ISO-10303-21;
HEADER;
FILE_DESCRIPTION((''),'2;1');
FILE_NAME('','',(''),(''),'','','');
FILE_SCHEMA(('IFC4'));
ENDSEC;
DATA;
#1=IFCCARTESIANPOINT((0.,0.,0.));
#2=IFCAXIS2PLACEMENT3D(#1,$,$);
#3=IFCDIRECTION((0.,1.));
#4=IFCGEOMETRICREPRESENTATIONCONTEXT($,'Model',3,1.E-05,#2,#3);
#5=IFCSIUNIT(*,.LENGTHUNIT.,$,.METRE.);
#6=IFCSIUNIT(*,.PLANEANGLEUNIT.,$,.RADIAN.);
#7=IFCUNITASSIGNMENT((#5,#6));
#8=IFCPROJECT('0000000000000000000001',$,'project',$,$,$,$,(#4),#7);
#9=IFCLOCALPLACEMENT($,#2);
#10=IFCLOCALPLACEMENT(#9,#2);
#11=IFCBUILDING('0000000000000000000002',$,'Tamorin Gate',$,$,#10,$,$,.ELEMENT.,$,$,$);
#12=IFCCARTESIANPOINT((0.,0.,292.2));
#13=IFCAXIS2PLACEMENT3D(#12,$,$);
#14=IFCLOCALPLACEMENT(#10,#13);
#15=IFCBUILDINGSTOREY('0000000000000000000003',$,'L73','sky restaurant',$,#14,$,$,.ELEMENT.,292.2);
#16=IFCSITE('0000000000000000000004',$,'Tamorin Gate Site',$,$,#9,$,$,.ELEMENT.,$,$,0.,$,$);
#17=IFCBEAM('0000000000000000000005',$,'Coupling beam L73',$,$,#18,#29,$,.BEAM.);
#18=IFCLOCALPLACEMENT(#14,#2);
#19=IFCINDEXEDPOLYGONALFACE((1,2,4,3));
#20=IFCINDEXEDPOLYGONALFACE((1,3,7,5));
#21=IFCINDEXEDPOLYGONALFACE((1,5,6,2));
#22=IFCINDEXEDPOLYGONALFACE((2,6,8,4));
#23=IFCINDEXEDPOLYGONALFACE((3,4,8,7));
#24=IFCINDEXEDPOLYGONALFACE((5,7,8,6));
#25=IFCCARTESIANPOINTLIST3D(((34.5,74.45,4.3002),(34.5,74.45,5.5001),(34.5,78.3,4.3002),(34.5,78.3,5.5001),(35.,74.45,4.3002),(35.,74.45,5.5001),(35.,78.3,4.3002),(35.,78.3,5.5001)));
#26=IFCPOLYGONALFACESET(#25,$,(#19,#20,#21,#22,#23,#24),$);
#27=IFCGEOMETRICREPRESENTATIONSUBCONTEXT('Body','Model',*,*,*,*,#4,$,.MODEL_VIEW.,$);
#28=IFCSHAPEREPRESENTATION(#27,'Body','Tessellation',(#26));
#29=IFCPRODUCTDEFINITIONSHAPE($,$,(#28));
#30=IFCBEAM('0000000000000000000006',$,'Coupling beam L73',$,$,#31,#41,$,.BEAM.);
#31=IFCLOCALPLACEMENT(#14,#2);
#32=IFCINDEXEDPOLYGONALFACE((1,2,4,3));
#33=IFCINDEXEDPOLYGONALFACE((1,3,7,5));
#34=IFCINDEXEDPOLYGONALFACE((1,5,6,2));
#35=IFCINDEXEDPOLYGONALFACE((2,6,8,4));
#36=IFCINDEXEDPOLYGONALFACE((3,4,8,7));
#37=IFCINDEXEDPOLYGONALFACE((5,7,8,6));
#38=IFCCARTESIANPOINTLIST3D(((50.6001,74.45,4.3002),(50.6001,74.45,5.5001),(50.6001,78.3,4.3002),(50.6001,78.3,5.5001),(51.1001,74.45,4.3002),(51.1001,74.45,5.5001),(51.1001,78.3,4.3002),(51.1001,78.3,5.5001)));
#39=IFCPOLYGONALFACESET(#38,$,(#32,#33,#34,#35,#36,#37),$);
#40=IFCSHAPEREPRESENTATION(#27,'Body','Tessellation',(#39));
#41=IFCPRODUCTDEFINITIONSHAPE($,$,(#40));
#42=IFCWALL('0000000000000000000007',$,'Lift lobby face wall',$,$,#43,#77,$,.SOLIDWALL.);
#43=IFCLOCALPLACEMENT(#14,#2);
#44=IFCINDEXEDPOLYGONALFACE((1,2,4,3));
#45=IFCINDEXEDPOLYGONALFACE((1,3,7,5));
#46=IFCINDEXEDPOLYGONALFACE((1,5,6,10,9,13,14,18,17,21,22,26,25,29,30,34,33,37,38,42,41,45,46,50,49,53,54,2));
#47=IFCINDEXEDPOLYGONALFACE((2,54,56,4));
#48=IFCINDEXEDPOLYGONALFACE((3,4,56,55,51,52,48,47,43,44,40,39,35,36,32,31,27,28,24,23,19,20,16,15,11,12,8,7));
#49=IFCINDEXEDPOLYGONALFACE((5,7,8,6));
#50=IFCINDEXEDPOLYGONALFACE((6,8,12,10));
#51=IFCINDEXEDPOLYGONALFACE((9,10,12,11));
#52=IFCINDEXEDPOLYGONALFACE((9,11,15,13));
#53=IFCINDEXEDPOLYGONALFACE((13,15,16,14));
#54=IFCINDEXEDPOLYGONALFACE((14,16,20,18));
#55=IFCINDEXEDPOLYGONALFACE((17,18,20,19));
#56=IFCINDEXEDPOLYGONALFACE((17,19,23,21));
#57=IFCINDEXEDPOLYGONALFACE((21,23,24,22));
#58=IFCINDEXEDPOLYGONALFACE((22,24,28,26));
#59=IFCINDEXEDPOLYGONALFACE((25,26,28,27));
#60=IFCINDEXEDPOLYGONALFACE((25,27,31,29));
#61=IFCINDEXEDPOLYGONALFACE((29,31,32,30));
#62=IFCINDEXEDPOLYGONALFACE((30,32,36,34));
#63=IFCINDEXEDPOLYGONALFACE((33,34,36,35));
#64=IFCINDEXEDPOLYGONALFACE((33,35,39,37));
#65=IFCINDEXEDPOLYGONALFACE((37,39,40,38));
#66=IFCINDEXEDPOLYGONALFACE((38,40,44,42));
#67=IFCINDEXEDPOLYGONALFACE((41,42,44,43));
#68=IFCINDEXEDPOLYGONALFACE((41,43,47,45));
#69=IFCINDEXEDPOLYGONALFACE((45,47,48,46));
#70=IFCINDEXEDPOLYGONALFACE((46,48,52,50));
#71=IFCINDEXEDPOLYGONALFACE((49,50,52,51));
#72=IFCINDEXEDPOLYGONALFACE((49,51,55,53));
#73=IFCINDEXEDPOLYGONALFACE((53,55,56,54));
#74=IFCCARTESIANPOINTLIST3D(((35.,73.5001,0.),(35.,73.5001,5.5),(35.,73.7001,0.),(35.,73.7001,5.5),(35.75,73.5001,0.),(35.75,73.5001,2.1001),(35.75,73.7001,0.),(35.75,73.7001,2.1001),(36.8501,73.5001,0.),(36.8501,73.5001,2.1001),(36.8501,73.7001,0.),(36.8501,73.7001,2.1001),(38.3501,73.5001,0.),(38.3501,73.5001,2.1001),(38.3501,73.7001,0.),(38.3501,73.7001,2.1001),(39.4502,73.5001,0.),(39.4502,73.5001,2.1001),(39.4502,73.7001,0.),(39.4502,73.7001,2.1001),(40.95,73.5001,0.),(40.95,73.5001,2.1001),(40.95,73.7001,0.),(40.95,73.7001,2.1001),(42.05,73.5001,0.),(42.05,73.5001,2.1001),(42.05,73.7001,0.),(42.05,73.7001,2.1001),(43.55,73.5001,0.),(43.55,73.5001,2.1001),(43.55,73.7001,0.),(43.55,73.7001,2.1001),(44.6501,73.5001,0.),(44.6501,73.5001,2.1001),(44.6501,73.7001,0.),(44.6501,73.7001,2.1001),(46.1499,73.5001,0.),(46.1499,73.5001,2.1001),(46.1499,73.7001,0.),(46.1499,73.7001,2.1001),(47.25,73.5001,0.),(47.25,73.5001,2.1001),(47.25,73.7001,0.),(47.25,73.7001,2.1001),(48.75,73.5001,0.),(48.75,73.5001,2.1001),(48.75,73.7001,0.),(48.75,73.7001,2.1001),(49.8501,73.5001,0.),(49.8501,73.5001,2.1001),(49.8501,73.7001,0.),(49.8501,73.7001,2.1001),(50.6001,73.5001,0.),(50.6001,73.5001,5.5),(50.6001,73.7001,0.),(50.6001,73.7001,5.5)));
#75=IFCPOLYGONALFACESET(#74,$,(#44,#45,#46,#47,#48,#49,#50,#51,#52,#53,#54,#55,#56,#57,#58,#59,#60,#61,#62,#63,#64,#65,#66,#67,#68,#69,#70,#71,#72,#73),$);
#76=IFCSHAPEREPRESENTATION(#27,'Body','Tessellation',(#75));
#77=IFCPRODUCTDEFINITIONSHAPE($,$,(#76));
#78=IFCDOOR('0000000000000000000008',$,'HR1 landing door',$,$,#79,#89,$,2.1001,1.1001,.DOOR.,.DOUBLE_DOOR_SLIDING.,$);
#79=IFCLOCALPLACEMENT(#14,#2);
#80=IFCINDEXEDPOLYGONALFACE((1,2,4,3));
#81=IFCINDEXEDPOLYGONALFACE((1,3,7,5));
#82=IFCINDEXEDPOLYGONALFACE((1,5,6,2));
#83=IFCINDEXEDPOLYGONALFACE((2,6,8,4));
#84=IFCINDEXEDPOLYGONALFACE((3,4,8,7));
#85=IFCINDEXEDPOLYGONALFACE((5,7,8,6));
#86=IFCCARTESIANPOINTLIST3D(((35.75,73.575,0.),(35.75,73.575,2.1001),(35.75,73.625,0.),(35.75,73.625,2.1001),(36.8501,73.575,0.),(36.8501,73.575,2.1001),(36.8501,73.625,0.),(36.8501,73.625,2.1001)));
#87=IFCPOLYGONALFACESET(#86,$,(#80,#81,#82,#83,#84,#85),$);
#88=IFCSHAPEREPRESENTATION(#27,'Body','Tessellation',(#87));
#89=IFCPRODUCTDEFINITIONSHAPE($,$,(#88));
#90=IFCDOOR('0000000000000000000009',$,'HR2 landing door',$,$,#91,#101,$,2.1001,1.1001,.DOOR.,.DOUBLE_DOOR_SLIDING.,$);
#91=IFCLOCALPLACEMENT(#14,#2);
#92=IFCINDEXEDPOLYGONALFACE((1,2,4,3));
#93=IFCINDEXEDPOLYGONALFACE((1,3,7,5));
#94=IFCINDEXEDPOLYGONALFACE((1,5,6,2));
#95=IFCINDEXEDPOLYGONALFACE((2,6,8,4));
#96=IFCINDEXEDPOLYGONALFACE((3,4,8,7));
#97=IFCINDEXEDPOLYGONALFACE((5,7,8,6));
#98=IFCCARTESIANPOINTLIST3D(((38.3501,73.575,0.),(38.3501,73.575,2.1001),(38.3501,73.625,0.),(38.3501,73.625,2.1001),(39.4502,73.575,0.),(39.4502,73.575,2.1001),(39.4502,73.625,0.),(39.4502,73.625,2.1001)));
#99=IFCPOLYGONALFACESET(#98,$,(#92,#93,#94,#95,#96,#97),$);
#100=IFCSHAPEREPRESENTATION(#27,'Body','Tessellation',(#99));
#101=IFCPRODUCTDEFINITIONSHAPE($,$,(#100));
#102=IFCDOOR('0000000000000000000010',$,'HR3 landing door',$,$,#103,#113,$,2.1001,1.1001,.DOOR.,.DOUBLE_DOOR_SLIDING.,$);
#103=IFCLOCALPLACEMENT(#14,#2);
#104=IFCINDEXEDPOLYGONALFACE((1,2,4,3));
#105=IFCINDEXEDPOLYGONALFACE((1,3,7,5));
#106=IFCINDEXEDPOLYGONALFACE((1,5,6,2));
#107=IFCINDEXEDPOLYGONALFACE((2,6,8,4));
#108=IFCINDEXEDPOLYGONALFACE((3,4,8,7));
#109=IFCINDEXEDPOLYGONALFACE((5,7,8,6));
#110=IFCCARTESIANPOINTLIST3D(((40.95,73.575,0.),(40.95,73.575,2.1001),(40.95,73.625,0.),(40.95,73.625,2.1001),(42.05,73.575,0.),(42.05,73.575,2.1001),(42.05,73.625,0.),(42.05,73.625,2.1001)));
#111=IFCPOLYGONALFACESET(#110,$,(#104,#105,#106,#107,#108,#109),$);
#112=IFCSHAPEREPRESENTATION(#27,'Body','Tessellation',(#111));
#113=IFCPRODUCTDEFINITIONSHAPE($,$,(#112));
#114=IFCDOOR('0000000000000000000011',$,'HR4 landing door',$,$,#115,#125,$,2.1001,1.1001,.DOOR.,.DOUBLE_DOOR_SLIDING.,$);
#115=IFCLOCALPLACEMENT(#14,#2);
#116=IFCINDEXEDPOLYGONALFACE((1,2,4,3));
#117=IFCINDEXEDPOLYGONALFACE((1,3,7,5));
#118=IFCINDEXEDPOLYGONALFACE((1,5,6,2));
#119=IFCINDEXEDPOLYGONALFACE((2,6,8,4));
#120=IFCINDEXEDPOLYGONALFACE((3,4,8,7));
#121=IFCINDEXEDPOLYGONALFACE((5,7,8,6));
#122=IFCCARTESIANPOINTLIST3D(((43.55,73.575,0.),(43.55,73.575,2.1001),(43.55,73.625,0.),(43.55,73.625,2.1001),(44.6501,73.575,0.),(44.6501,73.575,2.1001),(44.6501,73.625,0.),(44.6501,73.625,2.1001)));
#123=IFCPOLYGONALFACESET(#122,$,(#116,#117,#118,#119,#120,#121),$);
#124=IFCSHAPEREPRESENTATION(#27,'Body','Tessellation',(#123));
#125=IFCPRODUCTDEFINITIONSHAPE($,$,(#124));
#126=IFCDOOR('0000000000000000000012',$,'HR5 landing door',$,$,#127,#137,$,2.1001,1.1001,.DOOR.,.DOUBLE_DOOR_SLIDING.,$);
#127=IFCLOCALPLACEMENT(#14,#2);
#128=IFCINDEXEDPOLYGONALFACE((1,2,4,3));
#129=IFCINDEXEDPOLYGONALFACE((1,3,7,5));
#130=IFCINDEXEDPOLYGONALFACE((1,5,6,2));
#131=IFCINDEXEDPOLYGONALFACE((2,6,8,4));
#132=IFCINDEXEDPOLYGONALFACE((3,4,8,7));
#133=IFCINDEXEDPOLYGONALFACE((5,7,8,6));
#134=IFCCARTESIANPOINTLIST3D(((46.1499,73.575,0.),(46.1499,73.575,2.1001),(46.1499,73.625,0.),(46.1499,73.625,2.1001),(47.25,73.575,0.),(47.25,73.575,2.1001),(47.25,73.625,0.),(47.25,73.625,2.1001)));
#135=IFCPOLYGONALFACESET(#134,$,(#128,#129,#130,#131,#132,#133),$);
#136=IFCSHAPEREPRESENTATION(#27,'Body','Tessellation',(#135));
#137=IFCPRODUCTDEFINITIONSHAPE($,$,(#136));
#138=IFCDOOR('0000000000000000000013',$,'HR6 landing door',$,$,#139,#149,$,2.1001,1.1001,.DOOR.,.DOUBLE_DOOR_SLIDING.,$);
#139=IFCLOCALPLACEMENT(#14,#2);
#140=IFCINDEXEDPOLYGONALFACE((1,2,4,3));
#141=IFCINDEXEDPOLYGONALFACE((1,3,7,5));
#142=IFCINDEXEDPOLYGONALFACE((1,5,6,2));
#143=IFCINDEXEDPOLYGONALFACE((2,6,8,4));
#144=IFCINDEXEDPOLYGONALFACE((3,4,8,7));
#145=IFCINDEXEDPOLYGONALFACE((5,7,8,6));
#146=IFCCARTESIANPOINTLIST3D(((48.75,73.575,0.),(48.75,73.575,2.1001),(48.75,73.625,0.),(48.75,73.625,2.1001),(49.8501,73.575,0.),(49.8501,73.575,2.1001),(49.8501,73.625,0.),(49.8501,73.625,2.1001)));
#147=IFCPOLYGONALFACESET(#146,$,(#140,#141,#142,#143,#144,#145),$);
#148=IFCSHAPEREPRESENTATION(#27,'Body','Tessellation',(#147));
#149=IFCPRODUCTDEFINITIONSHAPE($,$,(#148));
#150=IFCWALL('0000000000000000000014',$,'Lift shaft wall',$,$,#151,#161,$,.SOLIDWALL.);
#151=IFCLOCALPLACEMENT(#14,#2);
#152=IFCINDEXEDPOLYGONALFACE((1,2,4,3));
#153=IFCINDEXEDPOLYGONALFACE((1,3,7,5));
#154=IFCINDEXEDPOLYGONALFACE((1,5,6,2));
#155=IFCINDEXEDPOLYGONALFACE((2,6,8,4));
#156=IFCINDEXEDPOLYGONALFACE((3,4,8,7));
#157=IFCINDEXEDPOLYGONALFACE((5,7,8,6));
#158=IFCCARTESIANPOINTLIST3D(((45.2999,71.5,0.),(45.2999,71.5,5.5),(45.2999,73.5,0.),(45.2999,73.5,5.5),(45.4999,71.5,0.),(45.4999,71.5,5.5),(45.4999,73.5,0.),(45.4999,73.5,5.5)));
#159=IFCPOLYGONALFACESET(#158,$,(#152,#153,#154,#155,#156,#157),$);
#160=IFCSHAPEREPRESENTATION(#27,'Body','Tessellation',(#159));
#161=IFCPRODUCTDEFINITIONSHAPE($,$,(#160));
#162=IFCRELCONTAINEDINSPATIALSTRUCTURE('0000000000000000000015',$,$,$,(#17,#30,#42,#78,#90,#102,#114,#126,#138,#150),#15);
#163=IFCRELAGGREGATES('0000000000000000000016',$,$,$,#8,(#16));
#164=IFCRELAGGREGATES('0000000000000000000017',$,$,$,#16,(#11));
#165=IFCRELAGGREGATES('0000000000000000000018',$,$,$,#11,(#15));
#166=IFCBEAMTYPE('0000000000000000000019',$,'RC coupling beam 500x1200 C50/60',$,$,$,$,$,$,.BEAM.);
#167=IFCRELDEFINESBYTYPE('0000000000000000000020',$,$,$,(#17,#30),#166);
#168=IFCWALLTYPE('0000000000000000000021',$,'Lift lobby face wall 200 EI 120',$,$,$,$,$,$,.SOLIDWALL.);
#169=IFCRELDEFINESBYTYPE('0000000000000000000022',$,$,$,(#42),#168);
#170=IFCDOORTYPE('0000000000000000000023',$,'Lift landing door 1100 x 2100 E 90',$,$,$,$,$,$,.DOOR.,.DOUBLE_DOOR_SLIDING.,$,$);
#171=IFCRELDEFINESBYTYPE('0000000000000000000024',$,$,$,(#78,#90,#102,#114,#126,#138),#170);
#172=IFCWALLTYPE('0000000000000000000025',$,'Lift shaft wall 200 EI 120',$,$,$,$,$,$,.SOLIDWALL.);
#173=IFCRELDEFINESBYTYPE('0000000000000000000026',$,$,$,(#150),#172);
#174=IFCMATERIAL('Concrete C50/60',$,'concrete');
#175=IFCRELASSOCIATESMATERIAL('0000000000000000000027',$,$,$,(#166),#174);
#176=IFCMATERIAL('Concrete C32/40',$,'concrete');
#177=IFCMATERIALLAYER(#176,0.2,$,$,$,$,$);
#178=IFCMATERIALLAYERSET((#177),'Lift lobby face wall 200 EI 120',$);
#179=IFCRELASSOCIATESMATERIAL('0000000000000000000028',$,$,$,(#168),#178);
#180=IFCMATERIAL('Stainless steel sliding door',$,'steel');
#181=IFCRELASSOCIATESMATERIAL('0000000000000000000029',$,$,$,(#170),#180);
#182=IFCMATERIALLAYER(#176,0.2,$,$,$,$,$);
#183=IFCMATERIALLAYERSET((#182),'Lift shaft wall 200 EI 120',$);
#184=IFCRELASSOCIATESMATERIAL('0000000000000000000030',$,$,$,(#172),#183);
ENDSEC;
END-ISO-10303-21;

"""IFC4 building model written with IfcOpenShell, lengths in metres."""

from ifc_helpers import new_model, si_unit, direction, frame, frame_2d, origin, origin_2d, place, context, subcontext, project, spatial, rectangle, extrude, material, layer, layer_set, material_profile, profile_set, type_object, element, fill, save


model = new_model("IFC4")

# Units and contexts
model_context = context("Model", 3, precision=1e-05, world=origin(), true_north=direction((0.0, 1.0)))
body_context = subcontext(model_context, "Body", "Model", "MODEL_VIEW")
ifc_project = project(units=[si_unit("LENGTHUNIT", "METRE"), si_unit("PLANEANGLEUNIT", "RADIAN")], contexts=[model_context])

# Site, building, storey
site_placement = place(None, origin())
site = spatial("IfcSite", under=ifc_project, at=site_placement, Name="Tamorin Gate Site", CompositionType="ELEMENT", RefElevation=0.0)
building_placement = place(site_placement, origin())
building = spatial("IfcBuilding", under=site, at=building_placement, Name="Tamorin Gate", CompositionType="ELEMENT")
storey_placement = place(building_placement, frame((0.0, 0.0, 292.2)))
storey = spatial("IfcBuildingStorey", under=building, at=storey_placement, Name="L73", Description="sky restaurant", CompositionType="ELEMENT", Elevation=292.2)

# Beams
ifc_material_1 = material(Name="Concrete C50/60", Category="concrete")
ifc_material_profile = material_profile(ifc_material_1, rectangle(XDim=0.5, YDim=1.2, at=origin_2d()), Name="RC 500x1200")
ifc_profile_set = profile_set([ifc_material_profile], Name="Concrete C50/60")
beam_type = type_object("IfcBeamType", Name="RC coupling beam 500x1200 C50/60", PredefinedType="BEAM", material=ifc_profile_set)
for number, where, z_axis, x_axis, name in (
    (1, (34.75, 74.45, 4.9001), (0.0, 1.0, 0.0), (-1.0, 0.0, 0.0), "Coupling beam L73"),
    (2, (50.8501, 74.45, 4.9001), (0.0, 1.0, 0.0), (-1.0, 0.0, 0.0), "Coupling beam L73"),
):
    element("IfcBeam", number, at=place(storey_placement, frame(where, z_axis=z_axis, x_axis=x_axis)), inside=storey, type_object=beam_type, Name=name, PredefinedType="BEAM", context=body_context, shape_type="SweptSolid", body=[
        extrude(rectangle(XDim=0.5, YDim=1.2, at=origin_2d()), origin(), (0.0, 0.0, 1.0), 3.8501),
    ])

# Wall, openings, doors
ifc_material_2 = material(Name="Concrete C32/40", Category="concrete")
ifc_layer_1 = layer(ifc_material_2, 0.2)
ifc_layer_set_1 = layer_set([ifc_layer_1], Name="Lift lobby face wall 200 EI 120")
wall_type_1 = type_object("IfcWallType", Name="Lift lobby face wall 200 EI 120", PredefinedType="SOLIDWALL", material=ifc_layer_set_1)
wall_1_placement = place(storey_placement, frame((35.0, 73.6001, 0.0), z_axis=(0.0, 0.0, 1.0), x_axis=(1.0, 0.0, 0.0)))
wall_1 = element("IfcWall", 3, at=wall_1_placement, inside=storey, type_object=wall_type_1, Name="Lift lobby face wall", PredefinedType="SOLIDWALL", context=body_context, shape_type="SweptSolid", body=[
    extrude(rectangle(XDim=15.6001, YDim=0.2, at=frame_2d((7.8, 0.0))), origin(), (0.0, 0.0, 1.0), 5.5),
])
opening_1_placement = place(wall_1_placement, frame((0.75, 0.0, 0.0)))
opening_1 = element("IfcOpeningElement", 4, at=opening_1_placement, cuts=wall_1, PredefinedType="OPENING", context=body_context, shape_type="SweptSolid", body=[
    extrude(rectangle(XDim=1.1001, YDim=2.1001, at=frame_2d((0.55, 1.05))), frame((0.0, 0.1099, 0.0), z_axis=(0.0, -1.0, 0.0), x_axis=(1.0, 0.0, 0.0)), (0.0, 0.0, 1.0), 0.22),
])
opening_2_placement = place(wall_1_placement, frame((3.3501, 0.0, 0.0)))
opening_2 = element("IfcOpeningElement", 5, at=opening_2_placement, cuts=wall_1, PredefinedType="OPENING", context=body_context, shape_type="SweptSolid", body=[
    extrude(rectangle(XDim=1.1001, YDim=2.1001, at=frame_2d((0.55, 1.05))), frame((0.0, 0.1099, 0.0), z_axis=(0.0, -1.0, 0.0), x_axis=(1.0, 0.0, 0.0)), (0.0, 0.0, 1.0), 0.22),
])
opening_3_placement = place(wall_1_placement, frame((5.95, 0.0, 0.0)))
opening_3 = element("IfcOpeningElement", 6, at=opening_3_placement, cuts=wall_1, PredefinedType="OPENING", context=body_context, shape_type="SweptSolid", body=[
    extrude(rectangle(XDim=1.1001, YDim=2.1001, at=frame_2d((0.55, 1.05))), frame((0.0, 0.1099, 0.0), z_axis=(0.0, -1.0, 0.0), x_axis=(1.0, 0.0, 0.0)), (0.0, 0.0, 1.0), 0.22),
])
opening_4_placement = place(wall_1_placement, frame((8.55, 0.0, 0.0)))
opening_4 = element("IfcOpeningElement", 7, at=opening_4_placement, cuts=wall_1, PredefinedType="OPENING", context=body_context, shape_type="SweptSolid", body=[
    extrude(rectangle(XDim=1.1001, YDim=2.1001, at=frame_2d((0.55, 1.05))), frame((0.0, 0.1099, 0.0), z_axis=(0.0, -1.0, 0.0), x_axis=(1.0, 0.0, 0.0)), (0.0, 0.0, 1.0), 0.22),
])
opening_5_placement = place(wall_1_placement, frame((11.1499, 0.0, 0.0)))
opening_5 = element("IfcOpeningElement", 8, at=opening_5_placement, cuts=wall_1, PredefinedType="OPENING", context=body_context, shape_type="SweptSolid", body=[
    extrude(rectangle(XDim=1.1001, YDim=2.1001, at=frame_2d((0.55, 1.05))), frame((0.0, 0.1099, 0.0), z_axis=(0.0, -1.0, 0.0), x_axis=(1.0, 0.0, 0.0)), (0.0, 0.0, 1.0), 0.22),
])
opening_6_placement = place(wall_1_placement, frame((13.75, 0.0, 0.0)))
opening_6 = element("IfcOpeningElement", 9, at=opening_6_placement, cuts=wall_1, PredefinedType="OPENING", context=body_context, shape_type="SweptSolid", body=[
    extrude(rectangle(XDim=1.1001, YDim=2.1001, at=frame_2d((0.55, 1.05))), frame((0.0, 0.1099, 0.0), z_axis=(0.0, -1.0, 0.0), x_axis=(1.0, 0.0, 0.0)), (0.0, 0.0, 1.0), 0.22),
])
ifc_material_3 = material(Name="Stainless steel sliding door", Category="steel")
door_type_1 = type_object("IfcDoorType", Name="Lift landing door 1100 x 2100 E 90", OperationType="DOUBLE_DOOR_SLIDING", PredefinedType="DOOR", material=ifc_material_3)
door_1_placement = place(opening_1_placement, origin())
door_1 = element("IfcDoor", 10, at=door_1_placement, inside=storey, type_object=door_type_1, Name="HR1 landing door", OperationType="DOUBLE_DOOR_SLIDING", OverallHeight=2.1001, OverallWidth=1.1001, PredefinedType="DOOR", context=body_context, shape_type="SweptSolid", body=[
    extrude(rectangle(XDim=1.1001, YDim=2.1001, at=frame_2d((0.55, 1.05))), frame((0.0, 0.0249, 0.0), z_axis=(0.0, -1.0, 0.0), x_axis=(1.0, 0.0, 0.0)), (0.0, 0.0, 1.0), 0.05),
])
fill(opening_1, door_1)
door_2_placement = place(opening_2_placement, origin())
door_2 = element("IfcDoor", 11, at=door_2_placement, inside=storey, type_object=door_type_1, Name="HR2 landing door", OperationType="DOUBLE_DOOR_SLIDING", OverallHeight=2.1001, OverallWidth=1.1001, PredefinedType="DOOR", context=body_context, shape_type="SweptSolid", body=[
    extrude(rectangle(XDim=1.1001, YDim=2.1001, at=frame_2d((0.55, 1.05))), frame((0.0, 0.0249, 0.0), z_axis=(0.0, -1.0, 0.0), x_axis=(1.0, 0.0, 0.0)), (0.0, 0.0, 1.0), 0.05),
])
fill(opening_2, door_2)
door_3_placement = place(opening_3_placement, origin())
door_3 = element("IfcDoor", 12, at=door_3_placement, inside=storey, type_object=door_type_1, Name="HR3 landing door", OperationType="DOUBLE_DOOR_SLIDING", OverallHeight=2.1001, OverallWidth=1.1001, PredefinedType="DOOR", context=body_context, shape_type="SweptSolid", body=[
    extrude(rectangle(XDim=1.1001, YDim=2.1001, at=frame_2d((0.55, 1.05))), frame((0.0, 0.0249, 0.0), z_axis=(0.0, -1.0, 0.0), x_axis=(1.0, 0.0, 0.0)), (0.0, 0.0, 1.0), 0.05),
])
fill(opening_3, door_3)
door_4_placement = place(opening_4_placement, origin())
door_4 = element("IfcDoor", 13, at=door_4_placement, inside=storey, type_object=door_type_1, Name="HR4 landing door", OperationType="DOUBLE_DOOR_SLIDING", OverallHeight=2.1001, OverallWidth=1.1001, PredefinedType="DOOR", context=body_context, shape_type="SweptSolid", body=[
    extrude(rectangle(XDim=1.1001, YDim=2.1001, at=frame_2d((0.55, 1.05))), frame((0.0, 0.0249, 0.0), z_axis=(0.0, -1.0, 0.0), x_axis=(1.0, 0.0, 0.0)), (0.0, 0.0, 1.0), 0.05),
])
fill(opening_4, door_4)
door_5_placement = place(opening_5_placement, origin())
door_5 = element("IfcDoor", 14, at=door_5_placement, inside=storey, type_object=door_type_1, Name="HR5 landing door", OperationType="DOUBLE_DOOR_SLIDING", OverallHeight=2.1001, OverallWidth=1.1001, PredefinedType="DOOR", context=body_context, shape_type="SweptSolid", body=[
    extrude(rectangle(XDim=1.1001, YDim=2.1001, at=frame_2d((0.55, 1.05))), frame((0.0, 0.0249, 0.0), z_axis=(0.0, -1.0, 0.0), x_axis=(1.0, 0.0, 0.0)), (0.0, 0.0, 1.0), 0.05),
])
fill(opening_5, door_5)
door_6_placement = place(opening_6_placement, origin())
door_6 = element("IfcDoor", 15, at=door_6_placement, inside=storey, type_object=door_type_1, Name="HR6 landing door", OperationType="DOUBLE_DOOR_SLIDING", OverallHeight=2.1001, OverallWidth=1.1001, PredefinedType="DOOR", context=body_context, shape_type="SweptSolid", body=[
    extrude(rectangle(XDim=1.1001, YDim=2.1001, at=frame_2d((0.55, 1.05))), frame((0.0, 0.0249, 0.0), z_axis=(0.0, -1.0, 0.0), x_axis=(1.0, 0.0, 0.0)), (0.0, 0.0, 1.0), 0.05),
])
fill(opening_6, door_6)

# Wall
ifc_layer_2 = layer(ifc_material_2, 0.2)
ifc_layer_set_2 = layer_set([ifc_layer_2], Name="Lift shaft wall 200 EI 120")
wall_type_2 = type_object("IfcWallType", Name="Lift shaft wall 200 EI 120", PredefinedType="SOLIDWALL", material=ifc_layer_set_2)
wall_2_placement = place(storey_placement, frame((45.3999, 71.5, 0.0), z_axis=(0.0, 0.0, 1.0), x_axis=(0.0, 1.0, 0.0)))
element("IfcWall", 16, at=wall_2_placement, inside=storey, type_object=wall_type_2, Name="Lift shaft wall", PredefinedType="SOLIDWALL", context=body_context, shape_type="SweptSolid", body=[
    extrude(rectangle(XDim=2.0, YDim=0.2, at=frame_2d((1.0, 0.0))), origin(), (0.0, 0.0, 1.0), 5.5),
])

save(model, "model.ifc")
